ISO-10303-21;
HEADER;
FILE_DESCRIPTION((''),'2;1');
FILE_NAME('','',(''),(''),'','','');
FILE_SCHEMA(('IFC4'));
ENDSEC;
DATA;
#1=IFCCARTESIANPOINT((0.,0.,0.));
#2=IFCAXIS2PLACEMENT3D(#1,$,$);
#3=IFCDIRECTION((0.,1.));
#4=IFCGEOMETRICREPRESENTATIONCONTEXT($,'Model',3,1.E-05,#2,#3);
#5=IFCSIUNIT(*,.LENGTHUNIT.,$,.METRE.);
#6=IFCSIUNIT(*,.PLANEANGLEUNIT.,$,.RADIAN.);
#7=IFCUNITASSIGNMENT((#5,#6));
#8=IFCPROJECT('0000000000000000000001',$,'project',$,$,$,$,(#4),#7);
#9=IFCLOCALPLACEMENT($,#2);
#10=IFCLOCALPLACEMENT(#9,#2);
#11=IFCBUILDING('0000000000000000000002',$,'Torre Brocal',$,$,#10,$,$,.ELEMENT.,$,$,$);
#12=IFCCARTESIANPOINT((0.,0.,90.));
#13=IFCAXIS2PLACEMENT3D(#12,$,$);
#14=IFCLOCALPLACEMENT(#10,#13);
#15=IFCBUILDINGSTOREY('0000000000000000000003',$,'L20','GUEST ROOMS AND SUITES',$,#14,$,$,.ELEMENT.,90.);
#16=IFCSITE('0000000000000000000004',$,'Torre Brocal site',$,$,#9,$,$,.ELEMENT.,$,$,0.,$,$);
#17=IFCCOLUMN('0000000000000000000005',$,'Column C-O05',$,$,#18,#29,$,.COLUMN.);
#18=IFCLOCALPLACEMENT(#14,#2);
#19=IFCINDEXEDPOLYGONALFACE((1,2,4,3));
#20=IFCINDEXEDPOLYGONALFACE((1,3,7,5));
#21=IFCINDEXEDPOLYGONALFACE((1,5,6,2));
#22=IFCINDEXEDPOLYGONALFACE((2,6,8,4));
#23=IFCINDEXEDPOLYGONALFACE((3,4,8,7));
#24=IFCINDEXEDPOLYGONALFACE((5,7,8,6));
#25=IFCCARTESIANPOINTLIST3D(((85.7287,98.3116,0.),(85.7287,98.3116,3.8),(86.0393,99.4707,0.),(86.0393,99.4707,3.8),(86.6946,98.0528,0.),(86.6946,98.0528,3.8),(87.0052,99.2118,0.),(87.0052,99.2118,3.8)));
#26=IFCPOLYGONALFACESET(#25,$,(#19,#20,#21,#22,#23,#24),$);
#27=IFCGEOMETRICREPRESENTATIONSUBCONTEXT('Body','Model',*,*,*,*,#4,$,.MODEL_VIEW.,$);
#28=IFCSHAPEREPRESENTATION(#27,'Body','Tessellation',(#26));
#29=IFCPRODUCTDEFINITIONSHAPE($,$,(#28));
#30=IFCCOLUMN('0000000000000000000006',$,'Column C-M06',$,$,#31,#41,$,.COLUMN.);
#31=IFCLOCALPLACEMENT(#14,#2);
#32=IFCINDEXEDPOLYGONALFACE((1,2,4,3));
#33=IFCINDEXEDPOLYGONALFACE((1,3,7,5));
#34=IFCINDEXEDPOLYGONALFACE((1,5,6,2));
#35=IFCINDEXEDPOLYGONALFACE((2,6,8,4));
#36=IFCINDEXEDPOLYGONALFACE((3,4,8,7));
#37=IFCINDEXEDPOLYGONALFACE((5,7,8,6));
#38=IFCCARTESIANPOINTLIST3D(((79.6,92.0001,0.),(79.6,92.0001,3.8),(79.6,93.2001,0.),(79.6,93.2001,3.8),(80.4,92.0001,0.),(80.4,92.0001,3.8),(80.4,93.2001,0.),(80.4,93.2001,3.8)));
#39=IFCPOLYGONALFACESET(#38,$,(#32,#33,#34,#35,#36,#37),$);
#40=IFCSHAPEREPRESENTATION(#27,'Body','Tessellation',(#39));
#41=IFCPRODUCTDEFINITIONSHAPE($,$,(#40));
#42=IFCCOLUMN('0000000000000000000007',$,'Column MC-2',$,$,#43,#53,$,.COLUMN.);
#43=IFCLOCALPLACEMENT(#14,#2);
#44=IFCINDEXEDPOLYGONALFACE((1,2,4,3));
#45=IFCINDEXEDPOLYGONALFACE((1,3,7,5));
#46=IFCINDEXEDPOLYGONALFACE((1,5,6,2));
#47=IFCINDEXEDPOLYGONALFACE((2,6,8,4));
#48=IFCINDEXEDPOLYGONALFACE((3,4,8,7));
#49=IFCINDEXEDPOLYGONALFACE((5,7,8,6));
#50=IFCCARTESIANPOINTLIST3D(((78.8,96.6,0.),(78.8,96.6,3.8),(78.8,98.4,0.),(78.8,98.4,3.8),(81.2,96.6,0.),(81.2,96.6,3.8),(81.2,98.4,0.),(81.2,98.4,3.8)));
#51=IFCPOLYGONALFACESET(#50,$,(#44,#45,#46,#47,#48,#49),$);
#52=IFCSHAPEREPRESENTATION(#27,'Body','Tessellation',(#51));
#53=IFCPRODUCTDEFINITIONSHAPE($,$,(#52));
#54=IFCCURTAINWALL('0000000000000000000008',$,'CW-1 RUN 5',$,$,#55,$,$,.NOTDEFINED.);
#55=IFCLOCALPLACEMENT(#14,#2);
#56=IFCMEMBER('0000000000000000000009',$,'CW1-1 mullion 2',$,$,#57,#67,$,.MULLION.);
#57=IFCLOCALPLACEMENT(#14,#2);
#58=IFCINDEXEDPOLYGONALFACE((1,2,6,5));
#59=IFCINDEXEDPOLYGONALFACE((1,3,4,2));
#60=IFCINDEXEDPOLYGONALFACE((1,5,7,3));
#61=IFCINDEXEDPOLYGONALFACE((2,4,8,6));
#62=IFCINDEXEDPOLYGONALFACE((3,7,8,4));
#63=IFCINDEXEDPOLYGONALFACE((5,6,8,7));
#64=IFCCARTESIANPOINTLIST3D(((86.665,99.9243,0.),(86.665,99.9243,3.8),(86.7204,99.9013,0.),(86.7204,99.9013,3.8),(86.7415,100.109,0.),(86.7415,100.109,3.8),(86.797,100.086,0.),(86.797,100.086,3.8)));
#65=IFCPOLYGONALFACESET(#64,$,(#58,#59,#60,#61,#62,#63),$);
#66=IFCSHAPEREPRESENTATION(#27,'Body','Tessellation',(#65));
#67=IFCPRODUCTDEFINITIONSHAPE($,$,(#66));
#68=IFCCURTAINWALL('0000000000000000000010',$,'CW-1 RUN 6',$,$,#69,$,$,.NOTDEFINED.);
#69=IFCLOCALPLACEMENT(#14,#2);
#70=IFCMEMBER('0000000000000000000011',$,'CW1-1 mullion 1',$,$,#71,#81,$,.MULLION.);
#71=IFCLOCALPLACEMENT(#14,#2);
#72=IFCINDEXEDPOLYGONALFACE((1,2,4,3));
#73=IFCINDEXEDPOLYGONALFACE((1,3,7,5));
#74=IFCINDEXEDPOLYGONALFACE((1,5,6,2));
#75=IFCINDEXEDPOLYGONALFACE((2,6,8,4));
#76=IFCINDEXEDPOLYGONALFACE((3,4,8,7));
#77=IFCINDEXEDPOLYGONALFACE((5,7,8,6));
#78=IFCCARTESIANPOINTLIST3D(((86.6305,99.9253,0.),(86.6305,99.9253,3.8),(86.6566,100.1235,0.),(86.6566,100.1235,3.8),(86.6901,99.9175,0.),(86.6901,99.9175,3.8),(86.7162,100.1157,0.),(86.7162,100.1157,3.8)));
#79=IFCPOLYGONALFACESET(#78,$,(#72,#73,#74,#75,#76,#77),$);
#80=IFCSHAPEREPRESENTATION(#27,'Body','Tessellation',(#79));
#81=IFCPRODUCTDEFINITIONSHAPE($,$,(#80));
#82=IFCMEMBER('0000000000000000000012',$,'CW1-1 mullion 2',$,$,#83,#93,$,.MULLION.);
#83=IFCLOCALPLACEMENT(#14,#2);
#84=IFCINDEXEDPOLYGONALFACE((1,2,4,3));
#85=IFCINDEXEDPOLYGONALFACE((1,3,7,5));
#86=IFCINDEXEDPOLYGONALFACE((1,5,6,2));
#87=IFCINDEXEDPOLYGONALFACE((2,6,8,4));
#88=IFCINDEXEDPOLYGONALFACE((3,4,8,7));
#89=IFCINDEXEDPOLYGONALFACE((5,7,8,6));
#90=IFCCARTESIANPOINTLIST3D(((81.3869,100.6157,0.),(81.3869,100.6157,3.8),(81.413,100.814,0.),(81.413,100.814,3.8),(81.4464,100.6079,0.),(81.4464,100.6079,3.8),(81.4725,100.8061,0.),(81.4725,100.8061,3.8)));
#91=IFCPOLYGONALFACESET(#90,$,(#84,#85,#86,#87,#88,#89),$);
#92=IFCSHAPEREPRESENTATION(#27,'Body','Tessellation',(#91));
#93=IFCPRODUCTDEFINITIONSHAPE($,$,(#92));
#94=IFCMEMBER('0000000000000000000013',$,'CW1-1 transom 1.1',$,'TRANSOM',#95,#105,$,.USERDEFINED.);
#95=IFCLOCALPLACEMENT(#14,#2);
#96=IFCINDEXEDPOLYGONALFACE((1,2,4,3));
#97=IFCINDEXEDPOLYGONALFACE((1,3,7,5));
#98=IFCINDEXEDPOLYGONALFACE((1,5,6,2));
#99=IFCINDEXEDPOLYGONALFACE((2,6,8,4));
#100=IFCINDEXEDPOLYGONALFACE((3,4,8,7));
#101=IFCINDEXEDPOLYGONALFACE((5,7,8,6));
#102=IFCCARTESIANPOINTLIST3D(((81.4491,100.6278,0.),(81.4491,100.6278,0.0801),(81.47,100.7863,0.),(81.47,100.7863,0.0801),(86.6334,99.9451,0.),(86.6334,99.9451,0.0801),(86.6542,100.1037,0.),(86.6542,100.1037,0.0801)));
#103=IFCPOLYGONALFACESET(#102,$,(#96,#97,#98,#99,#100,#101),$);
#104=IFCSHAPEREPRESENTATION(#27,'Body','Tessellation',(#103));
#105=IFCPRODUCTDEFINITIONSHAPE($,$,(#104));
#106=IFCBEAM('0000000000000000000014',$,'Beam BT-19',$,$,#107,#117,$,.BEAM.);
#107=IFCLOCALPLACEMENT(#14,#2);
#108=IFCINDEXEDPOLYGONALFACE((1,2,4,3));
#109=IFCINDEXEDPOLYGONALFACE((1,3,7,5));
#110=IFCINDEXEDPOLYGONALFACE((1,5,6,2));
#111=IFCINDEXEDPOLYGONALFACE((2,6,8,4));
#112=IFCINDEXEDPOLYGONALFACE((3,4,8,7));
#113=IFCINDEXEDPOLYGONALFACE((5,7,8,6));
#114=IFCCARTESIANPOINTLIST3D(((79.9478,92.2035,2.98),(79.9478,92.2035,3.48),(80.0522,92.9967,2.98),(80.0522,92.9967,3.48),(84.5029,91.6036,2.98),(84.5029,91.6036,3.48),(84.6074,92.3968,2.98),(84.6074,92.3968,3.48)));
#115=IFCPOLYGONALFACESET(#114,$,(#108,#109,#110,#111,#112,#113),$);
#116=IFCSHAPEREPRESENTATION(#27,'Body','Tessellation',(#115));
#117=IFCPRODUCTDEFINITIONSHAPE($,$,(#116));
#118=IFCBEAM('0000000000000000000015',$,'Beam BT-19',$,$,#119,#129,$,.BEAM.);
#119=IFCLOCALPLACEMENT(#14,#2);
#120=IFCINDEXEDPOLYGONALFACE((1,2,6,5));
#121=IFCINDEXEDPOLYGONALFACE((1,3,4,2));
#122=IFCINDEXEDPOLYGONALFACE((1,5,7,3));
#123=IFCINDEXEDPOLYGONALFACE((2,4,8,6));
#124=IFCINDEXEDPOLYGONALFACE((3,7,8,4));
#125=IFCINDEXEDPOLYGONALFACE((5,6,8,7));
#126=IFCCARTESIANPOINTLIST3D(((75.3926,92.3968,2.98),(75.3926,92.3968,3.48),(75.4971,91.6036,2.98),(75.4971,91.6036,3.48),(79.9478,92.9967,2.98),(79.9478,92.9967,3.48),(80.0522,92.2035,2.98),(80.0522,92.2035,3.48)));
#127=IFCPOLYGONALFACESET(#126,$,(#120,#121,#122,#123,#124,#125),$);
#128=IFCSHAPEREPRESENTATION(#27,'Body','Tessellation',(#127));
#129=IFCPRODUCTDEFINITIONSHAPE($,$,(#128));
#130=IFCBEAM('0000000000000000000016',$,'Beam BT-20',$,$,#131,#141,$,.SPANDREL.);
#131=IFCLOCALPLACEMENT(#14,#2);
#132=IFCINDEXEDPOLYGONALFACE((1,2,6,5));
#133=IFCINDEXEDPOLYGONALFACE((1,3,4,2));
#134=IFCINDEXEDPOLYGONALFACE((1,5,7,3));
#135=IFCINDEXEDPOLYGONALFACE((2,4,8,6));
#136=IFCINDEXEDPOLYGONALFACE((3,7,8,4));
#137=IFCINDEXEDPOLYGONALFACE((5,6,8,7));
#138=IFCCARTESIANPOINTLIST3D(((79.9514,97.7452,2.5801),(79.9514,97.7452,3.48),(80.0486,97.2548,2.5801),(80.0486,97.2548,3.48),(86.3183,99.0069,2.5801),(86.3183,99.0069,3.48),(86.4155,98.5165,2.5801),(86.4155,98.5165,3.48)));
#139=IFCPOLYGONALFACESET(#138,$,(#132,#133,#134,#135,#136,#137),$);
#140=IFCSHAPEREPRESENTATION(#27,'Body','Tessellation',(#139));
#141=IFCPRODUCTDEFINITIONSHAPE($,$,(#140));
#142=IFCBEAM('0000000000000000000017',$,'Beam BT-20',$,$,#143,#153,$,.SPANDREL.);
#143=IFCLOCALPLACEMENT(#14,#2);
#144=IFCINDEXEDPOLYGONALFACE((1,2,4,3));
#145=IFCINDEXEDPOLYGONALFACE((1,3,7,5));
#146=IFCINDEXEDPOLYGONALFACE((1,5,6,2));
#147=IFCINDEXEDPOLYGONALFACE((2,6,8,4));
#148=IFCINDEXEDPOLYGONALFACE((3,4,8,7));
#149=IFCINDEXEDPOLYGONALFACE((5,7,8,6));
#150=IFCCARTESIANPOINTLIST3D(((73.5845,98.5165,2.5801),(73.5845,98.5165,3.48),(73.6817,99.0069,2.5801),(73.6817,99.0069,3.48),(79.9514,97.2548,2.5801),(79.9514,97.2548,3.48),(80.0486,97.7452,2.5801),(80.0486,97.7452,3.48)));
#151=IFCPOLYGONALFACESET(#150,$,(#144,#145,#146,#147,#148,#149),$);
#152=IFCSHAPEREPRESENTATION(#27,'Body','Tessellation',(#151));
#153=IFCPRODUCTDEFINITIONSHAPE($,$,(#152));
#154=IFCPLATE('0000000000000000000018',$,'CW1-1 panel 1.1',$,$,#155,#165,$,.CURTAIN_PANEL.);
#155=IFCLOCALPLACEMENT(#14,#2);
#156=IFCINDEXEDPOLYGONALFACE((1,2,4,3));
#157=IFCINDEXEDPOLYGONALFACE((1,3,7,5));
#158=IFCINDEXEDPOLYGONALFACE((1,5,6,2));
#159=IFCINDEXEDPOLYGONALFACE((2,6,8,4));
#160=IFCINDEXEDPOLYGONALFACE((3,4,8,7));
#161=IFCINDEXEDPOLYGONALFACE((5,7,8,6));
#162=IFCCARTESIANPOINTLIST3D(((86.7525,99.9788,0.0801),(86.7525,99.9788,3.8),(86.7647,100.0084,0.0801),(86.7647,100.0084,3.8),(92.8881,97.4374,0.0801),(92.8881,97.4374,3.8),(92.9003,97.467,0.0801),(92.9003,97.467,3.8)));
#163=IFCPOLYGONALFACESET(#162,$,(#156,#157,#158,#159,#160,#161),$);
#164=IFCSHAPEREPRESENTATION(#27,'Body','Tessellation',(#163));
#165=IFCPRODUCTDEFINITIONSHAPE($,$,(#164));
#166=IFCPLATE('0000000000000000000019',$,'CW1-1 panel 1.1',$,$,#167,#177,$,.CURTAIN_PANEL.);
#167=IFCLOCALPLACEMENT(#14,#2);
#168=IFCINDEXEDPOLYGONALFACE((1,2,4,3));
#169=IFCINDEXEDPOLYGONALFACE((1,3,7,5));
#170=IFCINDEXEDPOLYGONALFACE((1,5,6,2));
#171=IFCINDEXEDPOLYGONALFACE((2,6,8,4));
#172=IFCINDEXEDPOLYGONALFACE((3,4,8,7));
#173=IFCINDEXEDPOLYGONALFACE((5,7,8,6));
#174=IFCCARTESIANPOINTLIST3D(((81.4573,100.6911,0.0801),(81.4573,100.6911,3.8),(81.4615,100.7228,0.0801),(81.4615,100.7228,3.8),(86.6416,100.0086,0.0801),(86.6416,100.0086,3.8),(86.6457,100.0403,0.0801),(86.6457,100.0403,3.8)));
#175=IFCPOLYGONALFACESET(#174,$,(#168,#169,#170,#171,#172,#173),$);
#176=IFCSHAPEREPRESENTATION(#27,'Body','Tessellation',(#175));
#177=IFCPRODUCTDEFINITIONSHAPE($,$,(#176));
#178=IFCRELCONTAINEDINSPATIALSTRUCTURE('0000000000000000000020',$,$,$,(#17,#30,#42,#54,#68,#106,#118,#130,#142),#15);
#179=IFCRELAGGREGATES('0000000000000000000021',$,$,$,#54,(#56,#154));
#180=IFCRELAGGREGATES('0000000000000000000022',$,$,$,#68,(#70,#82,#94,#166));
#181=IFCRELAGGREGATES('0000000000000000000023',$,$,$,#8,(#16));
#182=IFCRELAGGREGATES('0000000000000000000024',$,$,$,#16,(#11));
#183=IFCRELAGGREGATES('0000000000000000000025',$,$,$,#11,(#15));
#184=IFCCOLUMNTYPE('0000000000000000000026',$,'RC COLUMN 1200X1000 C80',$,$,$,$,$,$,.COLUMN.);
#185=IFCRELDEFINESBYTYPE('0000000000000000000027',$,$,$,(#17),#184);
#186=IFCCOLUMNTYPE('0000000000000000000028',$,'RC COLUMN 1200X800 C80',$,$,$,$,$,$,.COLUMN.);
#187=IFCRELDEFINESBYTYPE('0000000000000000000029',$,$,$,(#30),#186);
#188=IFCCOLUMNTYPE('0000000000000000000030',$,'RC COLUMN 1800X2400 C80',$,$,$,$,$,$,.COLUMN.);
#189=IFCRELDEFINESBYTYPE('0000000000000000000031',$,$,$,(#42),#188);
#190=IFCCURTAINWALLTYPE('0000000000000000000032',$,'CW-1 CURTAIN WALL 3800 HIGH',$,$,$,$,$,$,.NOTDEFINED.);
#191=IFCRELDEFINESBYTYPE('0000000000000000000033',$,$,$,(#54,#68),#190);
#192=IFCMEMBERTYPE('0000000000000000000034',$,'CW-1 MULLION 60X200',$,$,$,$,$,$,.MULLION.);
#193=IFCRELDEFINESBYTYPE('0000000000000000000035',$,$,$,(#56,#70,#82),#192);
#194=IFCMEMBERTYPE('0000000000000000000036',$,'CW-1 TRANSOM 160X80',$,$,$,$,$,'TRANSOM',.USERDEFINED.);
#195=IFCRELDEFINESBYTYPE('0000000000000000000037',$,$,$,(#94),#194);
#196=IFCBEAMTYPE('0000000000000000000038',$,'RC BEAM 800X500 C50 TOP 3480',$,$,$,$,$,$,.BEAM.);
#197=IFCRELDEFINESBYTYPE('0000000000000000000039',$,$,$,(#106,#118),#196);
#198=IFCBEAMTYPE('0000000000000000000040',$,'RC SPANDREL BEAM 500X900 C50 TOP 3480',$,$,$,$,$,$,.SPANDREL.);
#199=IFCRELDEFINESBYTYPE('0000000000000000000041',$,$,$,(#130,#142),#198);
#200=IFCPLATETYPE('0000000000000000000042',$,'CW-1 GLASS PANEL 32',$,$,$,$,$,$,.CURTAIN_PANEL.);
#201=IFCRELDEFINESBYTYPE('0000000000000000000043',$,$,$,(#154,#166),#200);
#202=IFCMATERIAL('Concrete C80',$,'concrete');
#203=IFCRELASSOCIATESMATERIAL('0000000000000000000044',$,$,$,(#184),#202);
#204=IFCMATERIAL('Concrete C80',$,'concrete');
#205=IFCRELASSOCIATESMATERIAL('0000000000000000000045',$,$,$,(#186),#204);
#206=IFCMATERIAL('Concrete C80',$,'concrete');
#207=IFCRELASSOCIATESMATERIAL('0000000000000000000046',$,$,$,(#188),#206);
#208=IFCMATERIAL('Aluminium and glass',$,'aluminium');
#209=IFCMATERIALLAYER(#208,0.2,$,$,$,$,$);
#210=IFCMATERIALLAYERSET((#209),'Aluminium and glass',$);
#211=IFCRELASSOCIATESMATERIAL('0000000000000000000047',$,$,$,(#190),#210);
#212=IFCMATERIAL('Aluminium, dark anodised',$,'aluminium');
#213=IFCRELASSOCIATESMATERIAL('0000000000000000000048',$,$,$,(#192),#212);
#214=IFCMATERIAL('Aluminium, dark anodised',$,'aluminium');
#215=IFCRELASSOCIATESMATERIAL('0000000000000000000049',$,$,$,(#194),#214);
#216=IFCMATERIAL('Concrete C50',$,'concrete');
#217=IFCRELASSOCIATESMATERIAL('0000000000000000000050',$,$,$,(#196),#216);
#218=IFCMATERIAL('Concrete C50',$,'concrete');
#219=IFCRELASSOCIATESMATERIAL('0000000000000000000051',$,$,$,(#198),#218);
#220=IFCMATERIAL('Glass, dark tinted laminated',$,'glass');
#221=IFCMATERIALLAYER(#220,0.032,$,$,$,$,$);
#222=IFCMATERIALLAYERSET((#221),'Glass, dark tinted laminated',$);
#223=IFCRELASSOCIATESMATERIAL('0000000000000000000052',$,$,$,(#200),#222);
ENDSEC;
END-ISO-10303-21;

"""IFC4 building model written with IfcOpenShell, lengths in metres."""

from ifc_helpers import new_model, si_unit, direction, frame, origin, origin_2d, place, context, subcontext, project, spatial, rectangle, extrude, material, layer, layer_set, material_profile, profile_set, type_object, element, aggregate, save


model = new_model("IFC4")

# Units and contexts
model_context = context("Model", 3, precision=1e-05, world=origin(), true_north=direction((0.0, 1.0)))
body_context = subcontext(model_context, "Body", "Model", "MODEL_VIEW")
ifc_project = project(units=[si_unit("LENGTHUNIT", "METRE"), si_unit("PLANEANGLEUNIT", "RADIAN")], contexts=[model_context])

# Site, building, storey
site_placement = place(None, origin())
site = spatial("IfcSite", under=ifc_project, at=site_placement, Name="Torre Brocal site", CompositionType="ELEMENT", RefElevation=0.0)
building_placement = place(site_placement, origin())
building = spatial("IfcBuilding", under=site, at=building_placement, Name="Torre Brocal", CompositionType="ELEMENT")
storey_placement = place(building_placement, frame((0.0, 0.0, 90.0)))
storey = spatial("IfcBuildingStorey", under=building, at=storey_placement, Name="L20", Description="GUEST ROOMS AND SUITES", CompositionType="ELEMENT", Elevation=90.0)

# Columns
ifc_material_1 = material(Name="Concrete C80", Category="concrete")
ifc_material_profile_1 = material_profile(ifc_material_1, rectangle(XDim=1.2, YDim=1.0, at=origin_2d()), Name="RC 1200X1000")
ifc_profile_set_1 = profile_set([ifc_material_profile_1], Name="Concrete C80")
column_type_1 = type_object("IfcColumnType", Name="RC COLUMN 1200X1000 C80", PredefinedType="COLUMN", material=ifc_profile_set_1)
column_1_placement = place(storey_placement, frame((86.3669, 98.7617, 0.0), z_axis=(0.0, 0.0, 1.0), x_axis=(0.258819, 0.965926, 0.0)))
element("IfcColumn", 1, at=column_1_placement, inside=storey, type_object=column_type_1, Name="Column C-O05", PredefinedType="COLUMN", context=body_context, shape_type="SweptSolid", body=[
    extrude(rectangle(XDim=1.2, YDim=1.0, at=origin_2d()), origin(), (0.0, 0.0, 1.0), 3.8),
])
ifc_material_2 = material(Name="Concrete C80", Category="concrete")
ifc_material_profile_2 = material_profile(ifc_material_2, rectangle(XDim=1.2, YDim=0.8, at=origin_2d()), Name="RC 1200X800")
ifc_profile_set_2 = profile_set([ifc_material_profile_2], Name="Concrete C80")
column_type_2 = type_object("IfcColumnType", Name="RC COLUMN 1200X800 C80", PredefinedType="COLUMN", material=ifc_profile_set_2)
column_2_placement = place(storey_placement, frame((80.0, 92.6001, 0.0), z_axis=(0.0, 0.0, 1.0), x_axis=(0.0, 1.0, 0.0)))
element("IfcColumn", 2, at=column_2_placement, inside=storey, type_object=column_type_2, Name="Column C-M06", PredefinedType="COLUMN", context=body_context, shape_type="SweptSolid", body=[
    extrude(rectangle(XDim=1.2, YDim=0.8, at=origin_2d()), origin(), (0.0, 0.0, 1.0), 3.8),
])
ifc_material_3 = material(Name="Concrete C80", Category="concrete")
ifc_material_profile_3 = material_profile(ifc_material_3, rectangle(XDim=1.8, YDim=2.3999, at=origin_2d()), Name="RC 1800X2400")
ifc_profile_set_3 = profile_set([ifc_material_profile_3], Name="Concrete C80")
column_type_3 = type_object("IfcColumnType", Name="RC COLUMN 1800X2400 C80", PredefinedType="COLUMN", material=ifc_profile_set_3)
column_3_placement = place(storey_placement, frame((80.0, 97.5, 0.0), z_axis=(0.0, 0.0, 1.0), x_axis=(0.0, 1.0, 0.0)))
element("IfcColumn", 3, at=column_3_placement, inside=storey, type_object=column_type_3, Name="Column MC-2", PredefinedType="COLUMN", context=body_context, shape_type="SweptSolid", body=[
    extrude(rectangle(XDim=1.8, YDim=2.3999, at=origin_2d()), origin(), (0.0, 0.0, 1.0), 3.8),
])

# Curtain wall, member
ifc_material_4 = material(Name="Aluminium and glass", Category="aluminium")
ifc_layer_1 = layer(ifc_material_4, 0.2)
ifc_layer_set_1 = layer_set([ifc_layer_1], Name="Aluminium and glass")
curtain_wall_type = type_object("IfcCurtainWallType", Name="CW-1 CURTAIN WALL 3800 HIGH", PredefinedType="NOTDEFINED", material=ifc_layer_set_1)
curtain_wall_1_placement = place(storey_placement, origin())
curtain_wall_1 = element("IfcCurtainWall", 4, at=curtain_wall_1_placement, inside=storey, type_object=curtain_wall_type, Name="CW-1 RUN 5", PredefinedType="NOTDEFINED")
ifc_material_5 = material(Name="Aluminium, dark anodised", Category="aluminium")
ifc_material_profile_4 = material_profile(ifc_material_5, rectangle(XDim=0.2, YDim=0.0601, at=origin_2d()), Name="CW-1 MULLION 60X200")
ifc_profile_set_4 = profile_set([ifc_material_profile_4], Name="Aluminium, dark anodised")
member_type_1 = type_object("IfcMemberType", Name="CW-1 MULLION 60X200", PredefinedType="MULLION", material=ifc_profile_set_4)
member_1_placement = place(storey_placement, frame((86.731, 100.0051, 0.0), z_axis=(0.0, 0.0, 1.0), x_axis=(-0.382683, -0.92388, 0.0)))
member_1 = element("IfcMember", 5, at=member_1_placement, type_object=member_type_1, Name="CW1-1 mullion 2", PredefinedType="MULLION", context=body_context, shape_type="SweptSolid", body=[
    extrude(rectangle(XDim=0.2, YDim=0.0601, at=origin_2d()), origin(), (0.0, 0.0, 1.0), 3.8),
])

# Curtain wall, members
curtain_wall_2_placement = place(storey_placement, origin())
curtain_wall_2 = element("IfcCurtainWall", 6, at=curtain_wall_2_placement, inside=storey, type_object=curtain_wall_type, Name="CW-1 RUN 6", PredefinedType="NOTDEFINED")
member_2_placement = place(storey_placement, frame((86.6733, 100.0205, 0.0), z_axis=(0.0, 0.0, 1.0), x_axis=(-0.130526, -0.991445, 0.0)))
member_2 = element("IfcMember", 7, at=member_2_placement, type_object=member_type_1, Name="CW1-1 mullion 1", PredefinedType="MULLION", context=body_context, shape_type="SweptSolid", body=[
    extrude(rectangle(XDim=0.2, YDim=0.0601, at=origin_2d()), origin(), (0.0, 0.0, 1.0), 3.8),
])
member_3_placement = place(storey_placement, frame((81.4297, 100.7109, 0.0), z_axis=(0.0, 0.0, 1.0), x_axis=(-0.130526, -0.991445, 0.0)))
member_3 = element("IfcMember", 8, at=member_3_placement, type_object=member_type_1, Name="CW1-1 mullion 2", PredefinedType="MULLION", context=body_context, shape_type="SweptSolid", body=[
    extrude(rectangle(XDim=0.2, YDim=0.0601, at=origin_2d()), origin(), (0.0, 0.0, 1.0), 3.8),
])
ifc_material_6 = material(Name="Aluminium, dark anodised", Category="aluminium")
ifc_material_profile_5 = material_profile(ifc_material_6, rectangle(XDim=0.1599, YDim=0.0801, at=origin_2d()), Name="CW-1 TRANSOM 160X80")
ifc_profile_set_5 = profile_set([ifc_material_profile_5], Name="Aluminium, dark anodised")
member_type_2 = type_object("IfcMemberType", Name="CW-1 TRANSOM 160X80", ElementType="TRANSOM", PredefinedType="USERDEFINED", material=ifc_profile_set_5)
member_4_placement = place(storey_placement, frame((86.6438, 100.0244, 0.04), z_axis=(-0.991443, 0.130543, 0.0), x_axis=(-0.130543, -0.991443, 0.0)))
member_4 = element("IfcMember", 9, at=member_4_placement, type_object=member_type_2, Name="CW1-1 transom 1.1", ObjectType="TRANSOM", PredefinedType="USERDEFINED", context=body_context, shape_type="SweptSolid", body=[
    extrude(rectangle(XDim=0.1599, YDim=0.0801, at=origin_2d()), origin(), (0.0, 0.0, 1.0), 5.229),
])

# Beams
ifc_material_7 = material(Name="Concrete C50", Category="concrete")
ifc_material_profile_6 = material_profile(ifc_material_7, rectangle(XDim=0.8, YDim=0.5, at=origin_2d()), Name="RC 800X500")
ifc_profile_set_6 = profile_set([ifc_material_profile_6], Name="Concrete C50")
beam_type_1 = type_object("IfcBeamType", Name="RC BEAM 800X500 C50 TOP 3480", PredefinedType="BEAM", material=ifc_profile_set_6)
for number, where, z_axis, x_axis, name in (
    (10, (84.5552, 92.0002, 3.23), (-0.991441, 0.130559, 0.0), (-0.130559, -0.991441, 0.0), "Beam BT-19"),
    (11, (80.0, 92.6001, 3.23), (-0.991441, -0.130559, 0.0), (0.130559, -0.991441, 0.0), "Beam BT-19"),
):
    element("IfcBeam", number, at=place(storey_placement, frame(where, z_axis=z_axis, x_axis=x_axis)), inside=storey, type_object=beam_type_1, Name=name, PredefinedType="BEAM", context=body_context, shape_type="SweptSolid", body=[
        extrude(rectangle(XDim=0.8, YDim=0.5, at=origin_2d()), origin(), (0.0, 0.0, 1.0), 4.5945),
    ])
ifc_material_8 = material(Name="Concrete C50", Category="concrete")
ifc_material_profile_7 = material_profile(ifc_material_8, rectangle(XDim=0.5, YDim=0.8999, at=origin_2d()), Name="RC 500X900")
ifc_profile_set_7 = profile_set([ifc_material_profile_7], Name="Concrete C50")
beam_type_2 = type_object("IfcBeamType", Name="RC SPANDREL BEAM 500X900 C50 TOP 3480", PredefinedType="SPANDREL", material=ifc_profile_set_7)
for number, where, z_axis, x_axis, name in (
    (12, (86.3669, 98.7617, 3.03), (-0.980925, -0.194387, 0.0), (0.194387, -0.980925, 0.0), "Beam BT-20"),
    (13, (80.0, 97.5, 3.03), (-0.980925, 0.194387, 0.0), (-0.194387, -0.980925, 0.0), "Beam BT-20"),
):
    element("IfcBeam", number, at=place(storey_placement, frame(where, z_axis=z_axis, x_axis=x_axis)), inside=storey, type_object=beam_type_2, Name=name, PredefinedType="SPANDREL", context=body_context, shape_type="SweptSolid", body=[
        extrude(rectangle(XDim=0.5, YDim=0.8999, at=origin_2d()), origin(), (0.0, 0.0, 1.0), 6.4907),
    ])

# Plates
ifc_material_9 = material(Name="Glass, dark tinted laminated", Category="glass")
ifc_layer_2 = layer(ifc_material_9, 0.032)
ifc_layer_set_2 = layer_set([ifc_layer_2], Name="Glass, dark tinted laminated")
plate_type = type_object("IfcPlateType", Name="CW-1 GLASS PANEL 32", PredefinedType="CURTAIN_PANEL", material=ifc_layer_set_2)
plate_1_placement = place(storey_placement, frame((89.8264, 98.7229, 0.0801), z_axis=(0.0, 0.0, 1.0), x_axis=(-0.92388, 0.382683, 0.0)))
plate_1 = element("IfcPlate", 14, at=plate_1_placement, type_object=plate_type, Name="CW1-1 panel 1.1", PredefinedType="CURTAIN_PANEL", context=body_context, shape_type="SweptSolid", body=[
    extrude(rectangle(XDim=6.6411, YDim=0.032, at=origin_2d()), origin(), (0.0, 0.0, 1.0), 3.72),
])
aggregate(curtain_wall_1, [member_1, plate_1])
plate_2_placement = place(storey_placement, frame((84.0515, 100.3657, 0.0801), z_axis=(0.0, 0.0, 1.0), x_axis=(-0.991445, 0.130526, 0.0)))
plate_2 = element("IfcPlate", 15, at=plate_2_placement, type_object=plate_type, Name="CW1-1 panel 1.1", PredefinedType="CURTAIN_PANEL", context=body_context, shape_type="SweptSolid", body=[
    extrude(rectangle(XDim=5.229, YDim=0.032, at=origin_2d()), origin(), (0.0, 0.0, 1.0), 3.72),
])
aggregate(curtain_wall_2, [member_2, member_3, member_4, plate_2])

save(model, "model.ifc")
